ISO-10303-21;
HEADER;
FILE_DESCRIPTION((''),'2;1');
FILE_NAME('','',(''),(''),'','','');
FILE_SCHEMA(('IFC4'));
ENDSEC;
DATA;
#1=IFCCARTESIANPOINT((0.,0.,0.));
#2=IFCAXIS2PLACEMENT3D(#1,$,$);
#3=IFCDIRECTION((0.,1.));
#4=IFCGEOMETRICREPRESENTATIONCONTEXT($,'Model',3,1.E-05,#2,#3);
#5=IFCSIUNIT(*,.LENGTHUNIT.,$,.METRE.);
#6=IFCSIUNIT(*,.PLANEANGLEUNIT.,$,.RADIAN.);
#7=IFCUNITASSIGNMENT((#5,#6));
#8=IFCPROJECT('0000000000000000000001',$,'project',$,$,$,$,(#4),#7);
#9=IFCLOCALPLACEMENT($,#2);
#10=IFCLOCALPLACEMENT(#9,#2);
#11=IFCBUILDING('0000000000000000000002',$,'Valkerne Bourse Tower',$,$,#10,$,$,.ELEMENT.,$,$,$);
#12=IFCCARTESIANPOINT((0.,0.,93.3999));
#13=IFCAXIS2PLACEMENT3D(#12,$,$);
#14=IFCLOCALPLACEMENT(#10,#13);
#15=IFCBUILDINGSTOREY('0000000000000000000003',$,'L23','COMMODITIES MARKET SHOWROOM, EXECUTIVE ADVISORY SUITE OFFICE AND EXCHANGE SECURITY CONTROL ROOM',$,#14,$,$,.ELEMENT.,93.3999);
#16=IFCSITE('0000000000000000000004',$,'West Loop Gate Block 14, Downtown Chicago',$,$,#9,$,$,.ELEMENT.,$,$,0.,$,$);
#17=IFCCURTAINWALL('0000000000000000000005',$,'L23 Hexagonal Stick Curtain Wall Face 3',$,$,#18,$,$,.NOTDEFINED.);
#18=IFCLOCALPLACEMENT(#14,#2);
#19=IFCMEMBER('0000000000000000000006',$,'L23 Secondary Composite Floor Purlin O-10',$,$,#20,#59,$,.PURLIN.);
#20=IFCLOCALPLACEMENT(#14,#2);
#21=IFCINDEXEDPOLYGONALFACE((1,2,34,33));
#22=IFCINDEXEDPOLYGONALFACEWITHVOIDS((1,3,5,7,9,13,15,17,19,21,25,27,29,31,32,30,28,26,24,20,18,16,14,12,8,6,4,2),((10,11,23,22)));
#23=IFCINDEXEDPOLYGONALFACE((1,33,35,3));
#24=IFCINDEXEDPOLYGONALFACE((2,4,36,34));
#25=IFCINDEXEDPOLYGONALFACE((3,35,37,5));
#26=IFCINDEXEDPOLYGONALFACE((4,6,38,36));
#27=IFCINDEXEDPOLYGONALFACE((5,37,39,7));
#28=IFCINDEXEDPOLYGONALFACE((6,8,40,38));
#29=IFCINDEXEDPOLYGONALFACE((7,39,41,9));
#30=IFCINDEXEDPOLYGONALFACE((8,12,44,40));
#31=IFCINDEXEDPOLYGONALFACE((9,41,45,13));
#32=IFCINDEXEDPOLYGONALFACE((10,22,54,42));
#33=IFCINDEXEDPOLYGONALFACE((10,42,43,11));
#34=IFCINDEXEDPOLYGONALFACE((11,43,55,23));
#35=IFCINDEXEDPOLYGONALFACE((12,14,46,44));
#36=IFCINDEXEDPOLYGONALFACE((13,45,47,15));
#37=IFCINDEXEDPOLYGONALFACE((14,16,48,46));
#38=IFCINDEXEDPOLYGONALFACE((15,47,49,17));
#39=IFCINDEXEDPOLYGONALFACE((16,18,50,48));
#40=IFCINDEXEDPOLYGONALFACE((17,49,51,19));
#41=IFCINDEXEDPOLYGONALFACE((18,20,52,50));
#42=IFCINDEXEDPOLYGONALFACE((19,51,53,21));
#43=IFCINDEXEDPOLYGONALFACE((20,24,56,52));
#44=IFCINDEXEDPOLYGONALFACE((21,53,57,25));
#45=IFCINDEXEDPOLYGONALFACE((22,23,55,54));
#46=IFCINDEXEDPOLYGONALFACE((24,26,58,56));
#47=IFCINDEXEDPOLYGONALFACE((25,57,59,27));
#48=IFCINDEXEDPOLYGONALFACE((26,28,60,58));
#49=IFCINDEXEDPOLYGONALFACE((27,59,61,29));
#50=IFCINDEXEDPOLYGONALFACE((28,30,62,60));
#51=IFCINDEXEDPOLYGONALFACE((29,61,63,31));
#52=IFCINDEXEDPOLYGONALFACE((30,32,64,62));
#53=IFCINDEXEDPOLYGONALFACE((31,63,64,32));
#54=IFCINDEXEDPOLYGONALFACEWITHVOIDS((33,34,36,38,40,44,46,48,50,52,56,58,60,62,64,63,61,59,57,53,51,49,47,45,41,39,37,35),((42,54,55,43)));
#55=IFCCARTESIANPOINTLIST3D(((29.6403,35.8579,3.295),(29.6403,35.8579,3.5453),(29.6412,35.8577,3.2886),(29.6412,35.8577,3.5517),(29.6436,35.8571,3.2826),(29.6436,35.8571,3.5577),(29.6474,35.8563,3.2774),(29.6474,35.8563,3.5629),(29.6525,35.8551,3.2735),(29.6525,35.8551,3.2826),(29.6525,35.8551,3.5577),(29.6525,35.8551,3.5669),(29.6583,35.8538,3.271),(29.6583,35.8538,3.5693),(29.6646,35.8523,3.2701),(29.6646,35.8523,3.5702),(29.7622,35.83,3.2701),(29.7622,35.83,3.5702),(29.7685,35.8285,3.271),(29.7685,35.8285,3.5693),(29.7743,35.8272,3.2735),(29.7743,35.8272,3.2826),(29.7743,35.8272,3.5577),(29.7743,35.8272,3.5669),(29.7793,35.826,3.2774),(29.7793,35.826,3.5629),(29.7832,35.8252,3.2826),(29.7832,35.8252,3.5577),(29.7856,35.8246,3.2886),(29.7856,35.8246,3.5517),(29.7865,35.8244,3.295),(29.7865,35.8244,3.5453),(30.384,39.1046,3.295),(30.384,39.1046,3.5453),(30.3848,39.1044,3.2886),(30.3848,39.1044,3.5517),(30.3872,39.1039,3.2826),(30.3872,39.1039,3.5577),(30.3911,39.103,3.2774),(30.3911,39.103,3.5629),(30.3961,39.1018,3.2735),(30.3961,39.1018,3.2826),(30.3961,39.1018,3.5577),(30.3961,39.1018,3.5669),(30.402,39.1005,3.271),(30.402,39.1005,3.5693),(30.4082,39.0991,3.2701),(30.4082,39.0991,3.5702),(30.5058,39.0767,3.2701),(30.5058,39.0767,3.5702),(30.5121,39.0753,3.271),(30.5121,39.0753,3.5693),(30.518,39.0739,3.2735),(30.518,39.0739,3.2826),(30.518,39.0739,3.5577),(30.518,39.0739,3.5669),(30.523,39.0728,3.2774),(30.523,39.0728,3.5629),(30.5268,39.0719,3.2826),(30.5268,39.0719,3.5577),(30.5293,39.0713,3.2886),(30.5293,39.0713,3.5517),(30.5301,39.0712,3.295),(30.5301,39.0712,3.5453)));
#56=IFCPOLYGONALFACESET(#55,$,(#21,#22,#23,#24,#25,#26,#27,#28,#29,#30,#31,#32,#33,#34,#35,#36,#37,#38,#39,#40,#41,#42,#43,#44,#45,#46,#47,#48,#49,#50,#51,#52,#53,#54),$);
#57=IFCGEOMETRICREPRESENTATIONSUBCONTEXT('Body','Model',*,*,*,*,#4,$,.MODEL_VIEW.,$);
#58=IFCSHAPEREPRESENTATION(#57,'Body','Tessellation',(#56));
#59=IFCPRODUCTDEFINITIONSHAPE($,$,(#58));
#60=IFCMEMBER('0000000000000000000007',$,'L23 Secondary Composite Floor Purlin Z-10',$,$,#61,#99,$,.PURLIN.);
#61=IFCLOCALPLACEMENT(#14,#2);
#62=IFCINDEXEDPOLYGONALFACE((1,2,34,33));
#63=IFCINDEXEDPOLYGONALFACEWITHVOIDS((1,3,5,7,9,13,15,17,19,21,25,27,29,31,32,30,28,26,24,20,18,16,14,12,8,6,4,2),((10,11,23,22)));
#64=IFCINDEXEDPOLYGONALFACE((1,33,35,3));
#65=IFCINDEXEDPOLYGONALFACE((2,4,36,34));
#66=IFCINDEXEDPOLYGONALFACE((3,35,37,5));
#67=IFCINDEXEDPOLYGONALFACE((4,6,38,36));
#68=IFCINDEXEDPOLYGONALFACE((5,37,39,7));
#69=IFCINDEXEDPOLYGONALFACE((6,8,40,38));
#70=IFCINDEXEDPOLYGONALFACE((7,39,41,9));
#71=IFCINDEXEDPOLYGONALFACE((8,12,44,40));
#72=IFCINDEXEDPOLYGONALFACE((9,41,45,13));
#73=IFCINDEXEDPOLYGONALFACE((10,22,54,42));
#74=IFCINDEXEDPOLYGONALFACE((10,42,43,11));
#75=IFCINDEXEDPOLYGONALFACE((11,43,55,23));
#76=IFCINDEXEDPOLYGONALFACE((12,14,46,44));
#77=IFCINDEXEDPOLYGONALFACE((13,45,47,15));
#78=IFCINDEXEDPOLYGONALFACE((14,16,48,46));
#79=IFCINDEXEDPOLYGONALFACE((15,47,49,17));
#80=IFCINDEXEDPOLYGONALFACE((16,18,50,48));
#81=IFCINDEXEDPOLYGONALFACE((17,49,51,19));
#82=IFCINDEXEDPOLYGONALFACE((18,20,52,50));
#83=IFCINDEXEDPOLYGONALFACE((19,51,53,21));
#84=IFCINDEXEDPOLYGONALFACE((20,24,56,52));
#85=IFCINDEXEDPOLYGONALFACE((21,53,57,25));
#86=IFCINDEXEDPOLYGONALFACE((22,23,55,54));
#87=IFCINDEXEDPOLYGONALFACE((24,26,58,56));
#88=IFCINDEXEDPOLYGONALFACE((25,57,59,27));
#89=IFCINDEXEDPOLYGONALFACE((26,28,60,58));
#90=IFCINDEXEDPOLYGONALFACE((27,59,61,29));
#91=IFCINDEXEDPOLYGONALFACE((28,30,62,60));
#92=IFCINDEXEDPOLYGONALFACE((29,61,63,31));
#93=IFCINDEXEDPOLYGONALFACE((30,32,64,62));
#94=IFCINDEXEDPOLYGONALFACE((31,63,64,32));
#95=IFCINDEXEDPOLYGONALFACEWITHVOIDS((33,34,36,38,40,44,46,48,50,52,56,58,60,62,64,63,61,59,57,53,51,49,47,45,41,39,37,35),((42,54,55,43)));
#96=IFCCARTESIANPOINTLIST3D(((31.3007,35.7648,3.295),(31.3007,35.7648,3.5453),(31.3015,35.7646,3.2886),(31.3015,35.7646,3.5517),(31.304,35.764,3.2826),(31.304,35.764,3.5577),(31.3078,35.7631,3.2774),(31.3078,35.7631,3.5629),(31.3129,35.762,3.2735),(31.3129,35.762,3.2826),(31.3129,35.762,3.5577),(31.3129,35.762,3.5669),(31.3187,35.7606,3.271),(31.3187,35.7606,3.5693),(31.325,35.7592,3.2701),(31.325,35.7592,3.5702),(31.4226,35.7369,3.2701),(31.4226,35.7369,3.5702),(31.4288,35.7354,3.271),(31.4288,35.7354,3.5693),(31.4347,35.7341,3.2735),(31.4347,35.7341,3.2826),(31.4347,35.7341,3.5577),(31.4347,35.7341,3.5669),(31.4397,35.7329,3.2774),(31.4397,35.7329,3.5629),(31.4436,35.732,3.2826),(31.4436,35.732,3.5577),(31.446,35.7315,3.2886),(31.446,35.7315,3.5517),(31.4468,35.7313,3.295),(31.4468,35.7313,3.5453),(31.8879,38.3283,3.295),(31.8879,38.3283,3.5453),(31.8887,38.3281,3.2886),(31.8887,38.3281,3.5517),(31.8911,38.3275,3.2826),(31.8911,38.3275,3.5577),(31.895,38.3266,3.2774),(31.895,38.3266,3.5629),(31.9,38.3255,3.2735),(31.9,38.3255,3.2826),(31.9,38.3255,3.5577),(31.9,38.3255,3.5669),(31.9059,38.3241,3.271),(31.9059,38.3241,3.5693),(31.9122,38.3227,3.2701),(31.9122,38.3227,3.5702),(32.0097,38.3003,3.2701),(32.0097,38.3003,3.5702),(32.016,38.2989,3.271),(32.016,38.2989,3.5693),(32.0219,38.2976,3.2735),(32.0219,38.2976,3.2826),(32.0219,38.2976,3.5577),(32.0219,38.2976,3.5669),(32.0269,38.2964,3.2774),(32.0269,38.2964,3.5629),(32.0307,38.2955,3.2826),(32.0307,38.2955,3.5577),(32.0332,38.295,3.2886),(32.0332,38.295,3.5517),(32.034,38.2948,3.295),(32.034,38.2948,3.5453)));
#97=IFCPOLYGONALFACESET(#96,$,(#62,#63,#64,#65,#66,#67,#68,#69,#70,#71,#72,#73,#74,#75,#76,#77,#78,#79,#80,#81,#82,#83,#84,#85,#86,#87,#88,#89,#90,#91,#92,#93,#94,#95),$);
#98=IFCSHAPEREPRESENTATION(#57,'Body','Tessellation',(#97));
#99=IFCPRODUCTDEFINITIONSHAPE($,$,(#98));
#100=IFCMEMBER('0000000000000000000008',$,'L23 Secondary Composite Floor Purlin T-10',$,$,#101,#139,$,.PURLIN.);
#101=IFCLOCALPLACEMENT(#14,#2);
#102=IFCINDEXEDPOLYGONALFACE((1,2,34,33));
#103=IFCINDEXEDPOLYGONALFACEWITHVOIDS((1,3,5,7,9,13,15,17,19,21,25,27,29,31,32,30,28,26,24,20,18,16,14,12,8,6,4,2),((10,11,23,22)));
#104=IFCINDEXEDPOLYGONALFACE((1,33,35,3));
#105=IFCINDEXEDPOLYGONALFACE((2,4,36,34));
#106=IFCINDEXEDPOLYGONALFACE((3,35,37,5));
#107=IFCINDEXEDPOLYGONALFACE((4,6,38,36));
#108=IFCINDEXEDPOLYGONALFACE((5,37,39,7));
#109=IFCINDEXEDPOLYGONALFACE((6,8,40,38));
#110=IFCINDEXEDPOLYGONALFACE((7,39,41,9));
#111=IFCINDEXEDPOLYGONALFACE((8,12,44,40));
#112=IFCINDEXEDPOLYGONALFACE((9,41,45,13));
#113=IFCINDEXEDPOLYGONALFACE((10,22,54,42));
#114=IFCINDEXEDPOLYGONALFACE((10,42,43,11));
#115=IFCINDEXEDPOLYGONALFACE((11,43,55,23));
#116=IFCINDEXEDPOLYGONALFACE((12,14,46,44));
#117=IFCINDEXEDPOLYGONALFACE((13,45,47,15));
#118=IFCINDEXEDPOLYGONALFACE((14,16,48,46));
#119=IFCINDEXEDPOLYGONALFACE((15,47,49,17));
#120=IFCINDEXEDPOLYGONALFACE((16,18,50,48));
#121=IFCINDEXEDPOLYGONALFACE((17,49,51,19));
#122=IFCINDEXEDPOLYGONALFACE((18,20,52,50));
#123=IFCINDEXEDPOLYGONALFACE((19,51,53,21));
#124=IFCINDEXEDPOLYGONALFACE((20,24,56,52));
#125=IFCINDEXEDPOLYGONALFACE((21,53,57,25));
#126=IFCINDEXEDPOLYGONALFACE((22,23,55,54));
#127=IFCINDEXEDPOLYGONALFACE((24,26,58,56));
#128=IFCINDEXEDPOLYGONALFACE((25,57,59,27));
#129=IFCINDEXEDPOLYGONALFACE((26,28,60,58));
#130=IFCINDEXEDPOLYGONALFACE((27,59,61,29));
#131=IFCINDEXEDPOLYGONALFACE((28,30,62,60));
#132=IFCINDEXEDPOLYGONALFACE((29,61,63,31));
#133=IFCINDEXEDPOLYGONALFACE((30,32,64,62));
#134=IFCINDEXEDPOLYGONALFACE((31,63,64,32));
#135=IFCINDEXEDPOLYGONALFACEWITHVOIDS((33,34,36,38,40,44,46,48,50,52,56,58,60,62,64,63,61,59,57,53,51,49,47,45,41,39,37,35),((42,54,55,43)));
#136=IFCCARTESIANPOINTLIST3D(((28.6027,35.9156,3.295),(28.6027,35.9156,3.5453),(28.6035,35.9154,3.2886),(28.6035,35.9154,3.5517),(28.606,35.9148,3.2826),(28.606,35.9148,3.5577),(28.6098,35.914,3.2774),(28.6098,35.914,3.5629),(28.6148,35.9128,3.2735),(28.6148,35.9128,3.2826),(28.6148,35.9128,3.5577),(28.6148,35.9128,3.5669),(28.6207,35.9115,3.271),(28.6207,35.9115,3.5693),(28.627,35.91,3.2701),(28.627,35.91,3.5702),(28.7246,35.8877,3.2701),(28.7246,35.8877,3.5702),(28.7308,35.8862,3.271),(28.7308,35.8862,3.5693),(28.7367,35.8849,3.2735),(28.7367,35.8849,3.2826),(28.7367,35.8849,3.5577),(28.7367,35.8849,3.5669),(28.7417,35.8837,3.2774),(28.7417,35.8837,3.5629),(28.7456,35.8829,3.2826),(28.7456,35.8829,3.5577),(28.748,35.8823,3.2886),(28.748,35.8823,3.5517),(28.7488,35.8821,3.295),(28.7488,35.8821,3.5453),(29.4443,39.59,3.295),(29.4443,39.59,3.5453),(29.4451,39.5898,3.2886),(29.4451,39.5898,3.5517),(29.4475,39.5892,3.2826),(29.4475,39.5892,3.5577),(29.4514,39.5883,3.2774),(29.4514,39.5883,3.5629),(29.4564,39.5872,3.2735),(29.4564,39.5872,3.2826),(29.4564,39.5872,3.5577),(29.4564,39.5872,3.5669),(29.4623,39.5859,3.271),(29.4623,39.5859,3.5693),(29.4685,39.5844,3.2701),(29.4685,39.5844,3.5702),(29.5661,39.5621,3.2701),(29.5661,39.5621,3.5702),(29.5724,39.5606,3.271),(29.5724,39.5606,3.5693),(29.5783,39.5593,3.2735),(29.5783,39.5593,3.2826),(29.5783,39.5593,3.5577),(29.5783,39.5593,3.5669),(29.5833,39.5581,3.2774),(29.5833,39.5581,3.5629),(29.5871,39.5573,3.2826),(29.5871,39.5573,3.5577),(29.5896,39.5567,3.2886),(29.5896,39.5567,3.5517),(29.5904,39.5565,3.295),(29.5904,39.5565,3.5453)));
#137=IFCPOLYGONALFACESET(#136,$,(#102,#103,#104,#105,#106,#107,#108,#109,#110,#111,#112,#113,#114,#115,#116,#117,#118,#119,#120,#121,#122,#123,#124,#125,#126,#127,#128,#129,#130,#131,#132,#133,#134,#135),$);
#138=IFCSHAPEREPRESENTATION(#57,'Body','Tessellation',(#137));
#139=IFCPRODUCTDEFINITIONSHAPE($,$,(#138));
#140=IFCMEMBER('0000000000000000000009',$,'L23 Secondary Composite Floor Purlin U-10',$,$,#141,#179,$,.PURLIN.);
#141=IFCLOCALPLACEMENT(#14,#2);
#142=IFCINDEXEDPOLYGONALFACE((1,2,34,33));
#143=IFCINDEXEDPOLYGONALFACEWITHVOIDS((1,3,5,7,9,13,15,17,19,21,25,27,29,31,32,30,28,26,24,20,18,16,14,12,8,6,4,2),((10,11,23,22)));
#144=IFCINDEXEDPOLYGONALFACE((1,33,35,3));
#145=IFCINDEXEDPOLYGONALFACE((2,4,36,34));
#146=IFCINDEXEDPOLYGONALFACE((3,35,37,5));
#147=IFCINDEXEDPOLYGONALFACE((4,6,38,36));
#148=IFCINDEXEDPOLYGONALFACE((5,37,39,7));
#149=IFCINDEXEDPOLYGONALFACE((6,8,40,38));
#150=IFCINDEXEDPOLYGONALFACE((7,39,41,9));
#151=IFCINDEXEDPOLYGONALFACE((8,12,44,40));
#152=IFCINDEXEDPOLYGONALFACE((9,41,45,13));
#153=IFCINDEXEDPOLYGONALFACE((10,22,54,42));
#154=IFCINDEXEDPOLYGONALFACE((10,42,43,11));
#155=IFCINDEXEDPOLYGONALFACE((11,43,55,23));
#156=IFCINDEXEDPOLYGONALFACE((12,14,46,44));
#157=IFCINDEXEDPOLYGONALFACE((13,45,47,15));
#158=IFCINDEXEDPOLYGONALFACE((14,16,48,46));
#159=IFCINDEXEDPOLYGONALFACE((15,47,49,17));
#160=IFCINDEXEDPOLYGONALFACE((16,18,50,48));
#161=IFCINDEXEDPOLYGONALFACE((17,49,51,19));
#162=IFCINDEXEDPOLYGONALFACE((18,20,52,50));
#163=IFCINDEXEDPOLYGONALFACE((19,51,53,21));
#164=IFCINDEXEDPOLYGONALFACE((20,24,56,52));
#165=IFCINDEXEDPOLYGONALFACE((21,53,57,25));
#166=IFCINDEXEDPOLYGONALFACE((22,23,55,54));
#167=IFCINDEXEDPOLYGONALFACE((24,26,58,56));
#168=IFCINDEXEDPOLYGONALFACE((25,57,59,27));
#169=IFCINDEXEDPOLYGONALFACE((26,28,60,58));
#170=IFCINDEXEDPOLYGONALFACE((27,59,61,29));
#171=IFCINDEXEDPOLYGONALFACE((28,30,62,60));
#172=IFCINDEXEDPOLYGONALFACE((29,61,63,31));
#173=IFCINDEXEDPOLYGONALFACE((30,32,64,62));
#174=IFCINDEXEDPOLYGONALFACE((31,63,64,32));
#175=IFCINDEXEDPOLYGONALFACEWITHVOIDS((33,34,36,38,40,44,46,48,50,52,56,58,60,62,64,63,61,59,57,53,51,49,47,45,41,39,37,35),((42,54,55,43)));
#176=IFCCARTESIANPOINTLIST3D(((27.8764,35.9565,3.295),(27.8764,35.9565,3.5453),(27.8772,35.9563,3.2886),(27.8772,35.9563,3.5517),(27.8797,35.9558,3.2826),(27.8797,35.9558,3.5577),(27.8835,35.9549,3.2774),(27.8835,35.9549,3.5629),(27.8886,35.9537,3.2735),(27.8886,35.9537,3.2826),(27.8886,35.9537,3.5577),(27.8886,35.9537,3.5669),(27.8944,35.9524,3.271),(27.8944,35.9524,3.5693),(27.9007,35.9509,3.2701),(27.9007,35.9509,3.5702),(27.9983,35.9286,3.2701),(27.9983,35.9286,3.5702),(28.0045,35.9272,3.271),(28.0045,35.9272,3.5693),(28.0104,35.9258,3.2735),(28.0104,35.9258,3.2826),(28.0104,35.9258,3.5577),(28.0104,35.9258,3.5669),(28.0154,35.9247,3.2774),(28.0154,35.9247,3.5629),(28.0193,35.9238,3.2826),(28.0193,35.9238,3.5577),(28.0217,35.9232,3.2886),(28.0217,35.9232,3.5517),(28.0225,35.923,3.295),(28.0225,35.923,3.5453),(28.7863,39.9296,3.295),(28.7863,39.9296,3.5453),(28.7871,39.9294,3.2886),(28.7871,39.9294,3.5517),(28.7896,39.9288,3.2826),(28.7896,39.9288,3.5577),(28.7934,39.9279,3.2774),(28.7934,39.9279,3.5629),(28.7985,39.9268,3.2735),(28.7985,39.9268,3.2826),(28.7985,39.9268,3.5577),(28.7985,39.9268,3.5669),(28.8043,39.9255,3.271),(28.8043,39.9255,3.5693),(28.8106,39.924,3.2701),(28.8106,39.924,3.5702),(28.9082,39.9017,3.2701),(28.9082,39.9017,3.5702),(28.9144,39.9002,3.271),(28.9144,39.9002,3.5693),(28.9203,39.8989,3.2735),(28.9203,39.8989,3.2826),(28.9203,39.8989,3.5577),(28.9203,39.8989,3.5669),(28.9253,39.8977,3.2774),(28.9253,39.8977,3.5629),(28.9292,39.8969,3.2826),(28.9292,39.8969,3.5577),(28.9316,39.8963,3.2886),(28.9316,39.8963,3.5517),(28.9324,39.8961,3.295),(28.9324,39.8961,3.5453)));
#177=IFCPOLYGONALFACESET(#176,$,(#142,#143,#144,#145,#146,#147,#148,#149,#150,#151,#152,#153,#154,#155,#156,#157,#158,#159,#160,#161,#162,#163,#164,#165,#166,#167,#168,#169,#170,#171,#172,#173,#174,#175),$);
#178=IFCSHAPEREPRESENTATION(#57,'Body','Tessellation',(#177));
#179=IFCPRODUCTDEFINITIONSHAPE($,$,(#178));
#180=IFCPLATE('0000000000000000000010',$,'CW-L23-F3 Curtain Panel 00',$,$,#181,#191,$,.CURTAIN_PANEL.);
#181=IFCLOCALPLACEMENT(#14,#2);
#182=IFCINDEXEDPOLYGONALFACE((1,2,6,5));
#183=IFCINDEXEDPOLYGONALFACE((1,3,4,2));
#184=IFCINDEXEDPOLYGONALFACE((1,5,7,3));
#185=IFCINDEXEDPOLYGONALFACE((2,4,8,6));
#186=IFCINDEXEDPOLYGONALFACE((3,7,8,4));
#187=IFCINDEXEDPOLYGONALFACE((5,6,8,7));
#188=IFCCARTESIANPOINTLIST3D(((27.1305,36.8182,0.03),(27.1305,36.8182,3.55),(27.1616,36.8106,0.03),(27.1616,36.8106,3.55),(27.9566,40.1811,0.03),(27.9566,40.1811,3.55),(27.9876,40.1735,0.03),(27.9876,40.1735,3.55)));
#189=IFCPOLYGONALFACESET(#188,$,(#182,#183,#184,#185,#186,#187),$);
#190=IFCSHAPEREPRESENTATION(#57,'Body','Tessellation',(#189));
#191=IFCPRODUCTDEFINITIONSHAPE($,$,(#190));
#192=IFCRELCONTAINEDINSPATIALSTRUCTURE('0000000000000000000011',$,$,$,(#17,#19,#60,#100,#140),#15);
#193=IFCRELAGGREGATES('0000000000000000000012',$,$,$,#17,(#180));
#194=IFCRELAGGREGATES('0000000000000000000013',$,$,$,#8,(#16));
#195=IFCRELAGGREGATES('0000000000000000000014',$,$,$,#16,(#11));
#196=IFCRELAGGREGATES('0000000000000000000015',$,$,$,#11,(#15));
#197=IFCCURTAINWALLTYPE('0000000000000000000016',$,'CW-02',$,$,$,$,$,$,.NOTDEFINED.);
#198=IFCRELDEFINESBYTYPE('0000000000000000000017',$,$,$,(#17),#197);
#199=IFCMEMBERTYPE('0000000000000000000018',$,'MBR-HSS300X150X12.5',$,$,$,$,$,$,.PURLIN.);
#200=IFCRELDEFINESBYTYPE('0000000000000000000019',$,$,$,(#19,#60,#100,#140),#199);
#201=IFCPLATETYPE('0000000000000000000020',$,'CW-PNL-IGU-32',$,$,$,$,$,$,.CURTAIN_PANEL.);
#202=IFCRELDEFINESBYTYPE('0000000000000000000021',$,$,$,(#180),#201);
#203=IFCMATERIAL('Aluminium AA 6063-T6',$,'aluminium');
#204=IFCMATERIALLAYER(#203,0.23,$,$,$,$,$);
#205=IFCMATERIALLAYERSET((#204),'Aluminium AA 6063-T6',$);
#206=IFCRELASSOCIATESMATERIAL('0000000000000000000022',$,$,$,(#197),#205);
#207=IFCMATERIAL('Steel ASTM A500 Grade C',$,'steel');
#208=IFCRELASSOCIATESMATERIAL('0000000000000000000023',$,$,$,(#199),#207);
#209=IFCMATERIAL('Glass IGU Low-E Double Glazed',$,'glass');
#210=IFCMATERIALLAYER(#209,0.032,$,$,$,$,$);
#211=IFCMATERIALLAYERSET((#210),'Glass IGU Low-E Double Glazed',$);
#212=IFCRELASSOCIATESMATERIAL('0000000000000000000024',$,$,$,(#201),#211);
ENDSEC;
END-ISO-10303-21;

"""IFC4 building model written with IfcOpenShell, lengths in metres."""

from ifc_helpers import new_model, si_unit, direction, frame, origin, origin_2d, place, context, subcontext, project, spatial, rectangle, hollow_rectangle, extrude, material, layer, layer_set, material_profile, profile_set, type_object, element, aggregate, save


model = new_model("IFC4")

# Units and contexts
model_context = context("Model", 3, precision=1e-05, world=origin(), true_north=direction((0.0, 1.0)))
body_context = subcontext(model_context, "Body", "Model", "MODEL_VIEW")
ifc_project = project(units=[si_unit("LENGTHUNIT", "METRE"), si_unit("PLANEANGLEUNIT", "RADIAN")], contexts=[model_context])

# Site, building, storey
site_placement = place(None, origin())
site = spatial("IfcSite", under=ifc_project, at=site_placement, Name="West Loop Gate Block 14, Downtown Chicago", CompositionType="ELEMENT", RefElevation=0.0)
building_placement = place(site_placement, origin())
building = spatial("IfcBuilding", under=site, at=building_placement, Name="Valkerne Bourse Tower", CompositionType="ELEMENT")
storey_placement = place(building_placement, frame((0.0, 0.0, 93.3999)))
storey = spatial("IfcBuildingStorey", under=building, at=storey_placement, Name="L23", Description="COMMODITIES MARKET SHOWROOM, EXECUTIVE ADVISORY SUITE OFFICE AND EXCHANGE SECURITY CONTROL ROOM", CompositionType="ELEMENT", Elevation=93.3999)

# Curtain wall
ifc_material_1 = material(Name="Aluminium AA 6063-T6", Category="aluminium")
ifc_layer_1 = layer(ifc_material_1, 0.23)
ifc_layer_set_1 = layer_set([ifc_layer_1], Name="Aluminium AA 6063-T6")
curtain_wall_type = type_object("IfcCurtainWallType", Name="CW-02", PredefinedType="NOTDEFINED", material=ifc_layer_set_1)
curtain_wall_placement = place(storey_placement, origin())
curtain_wall = element("IfcCurtainWall", 1, at=curtain_wall_placement, inside=storey, type_object=curtain_wall_type, Name="L23 Hexagonal Stick Curtain Wall Face 3", PredefinedType="NOTDEFINED")

# Members
ifc_material_2 = material(Name="Steel ASTM A500 Grade C", Category="steel")
ifc_material_profile_1 = material_profile(ifc_material_2, hollow_rectangle(XDim=0.1499, YDim=0.3, WallThickness=0.0125, OuterFilletRadius=0.0249, at=origin_2d()), Name="HSS300X150X12.5")
ifc_profile_set_1 = profile_set([ifc_material_profile_1], Name="Steel ASTM A500 Grade C")
member_type_1 = type_object("IfcMemberType", Name="MBR-HSS300X150X12.5", PredefinedType="PURLIN", material=ifc_profile_set_1)
member_1_placement = place(storey_placement, frame((30.457, 39.0879, 3.4202), z_axis=(-0.223259, -0.974759, 0.0), x_axis=(0.974759, -0.223259, 0.0)))
element("IfcMember", 2, at=member_1_placement, inside=storey, type_object=member_type_1, Name="L23 Secondary Composite Floor Purlin O-10", PredefinedType="PURLIN", context=body_context, shape_type="SweptSolid", body=[
    extrude(hollow_rectangle(XDim=0.1499, YDim=0.3, WallThickness=0.0125, OuterFilletRadius=0.0249, at=origin_2d()), origin(), (0.0, 0.0, 1.0), 3.3308),
])
member_2_placement = place(storey_placement, frame((31.9609, 38.3115, 3.4202), z_axis=(-0.223266, -0.974758, 0.0), x_axis=(0.974758, -0.223266, 0.0)))
element("IfcMember", 3, at=member_2_placement, inside=storey, type_object=member_type_1, Name="L23 Secondary Composite Floor Purlin Z-10", PredefinedType="PURLIN", context=body_context, shape_type="SweptSolid", body=[
    extrude(hollow_rectangle(XDim=0.1499, YDim=0.3, WallThickness=0.0125, OuterFilletRadius=0.0249, at=origin_2d()), origin(), (0.0, 0.0, 1.0), 2.6299),
])
member_3_placement = place(storey_placement, frame((29.5173, 39.5732, 3.4202), z_axis=(-0.223256, -0.97476, 0.0), x_axis=(0.97476, -0.223256, 0.0)))
element("IfcMember", 4, at=member_3_placement, inside=storey, type_object=member_type_1, Name="L23 Secondary Composite Floor Purlin T-10", PredefinedType="PURLIN", context=body_context, shape_type="SweptSolid", body=[
    extrude(hollow_rectangle(XDim=0.1499, YDim=0.3, WallThickness=0.0125, OuterFilletRadius=0.0249, at=origin_2d()), origin(), (0.0, 0.0, 1.0), 3.7695),
])
member_4_placement = place(storey_placement, frame((28.8594, 39.9128, 3.4202), z_axis=(-0.223236, -0.974764, 0.0), x_axis=(0.974764, -0.223236, 0.0)))
element("IfcMember", 5, at=member_4_placement, inside=storey, type_object=member_type_1, Name="L23 Secondary Composite Floor Purlin U-10", PredefinedType="PURLIN", context=body_context, shape_type="SweptSolid", body=[
    extrude(hollow_rectangle(XDim=0.1499, YDim=0.3, WallThickness=0.0125, OuterFilletRadius=0.0249, at=origin_2d()), origin(), (0.0, 0.0, 1.0), 4.0759),
])

# Plate
ifc_material_3 = material(Name="Glass IGU Low-E Double Glazed", Category="glass")
ifc_layer_2 = layer(ifc_material_3, 0.032)
ifc_layer_set_2 = layer_set([ifc_layer_2], Name="Glass IGU Low-E Double Glazed")
plate_type = type_object("IfcPlateType", Name="CW-PNL-IGU-32", PredefinedType="CURTAIN_PANEL", material=ifc_layer_set_2)
plate_1_placement = place(storey_placement, frame((27.5591, 38.4958, 0.03), z_axis=(0.0, 0.0, 1.0), x_axis=(-0.238534, -0.971134, 0.0)))
plate_1 = element("IfcPlate", 6, at=plate_1_placement, type_object=plate_type, Name="CW-L23-F3 Curtain Panel 00", PredefinedType="CURTAIN_PANEL", context=body_context, shape_type="SweptSolid", body=[
    extrude(rectangle(XDim=3.4629, YDim=0.032, at=origin_2d()), origin(), (0.0, 0.0, 1.0), 3.52),
])
aggregate(curtain_wall, [plate_1])

save(model, "model.ifc")
